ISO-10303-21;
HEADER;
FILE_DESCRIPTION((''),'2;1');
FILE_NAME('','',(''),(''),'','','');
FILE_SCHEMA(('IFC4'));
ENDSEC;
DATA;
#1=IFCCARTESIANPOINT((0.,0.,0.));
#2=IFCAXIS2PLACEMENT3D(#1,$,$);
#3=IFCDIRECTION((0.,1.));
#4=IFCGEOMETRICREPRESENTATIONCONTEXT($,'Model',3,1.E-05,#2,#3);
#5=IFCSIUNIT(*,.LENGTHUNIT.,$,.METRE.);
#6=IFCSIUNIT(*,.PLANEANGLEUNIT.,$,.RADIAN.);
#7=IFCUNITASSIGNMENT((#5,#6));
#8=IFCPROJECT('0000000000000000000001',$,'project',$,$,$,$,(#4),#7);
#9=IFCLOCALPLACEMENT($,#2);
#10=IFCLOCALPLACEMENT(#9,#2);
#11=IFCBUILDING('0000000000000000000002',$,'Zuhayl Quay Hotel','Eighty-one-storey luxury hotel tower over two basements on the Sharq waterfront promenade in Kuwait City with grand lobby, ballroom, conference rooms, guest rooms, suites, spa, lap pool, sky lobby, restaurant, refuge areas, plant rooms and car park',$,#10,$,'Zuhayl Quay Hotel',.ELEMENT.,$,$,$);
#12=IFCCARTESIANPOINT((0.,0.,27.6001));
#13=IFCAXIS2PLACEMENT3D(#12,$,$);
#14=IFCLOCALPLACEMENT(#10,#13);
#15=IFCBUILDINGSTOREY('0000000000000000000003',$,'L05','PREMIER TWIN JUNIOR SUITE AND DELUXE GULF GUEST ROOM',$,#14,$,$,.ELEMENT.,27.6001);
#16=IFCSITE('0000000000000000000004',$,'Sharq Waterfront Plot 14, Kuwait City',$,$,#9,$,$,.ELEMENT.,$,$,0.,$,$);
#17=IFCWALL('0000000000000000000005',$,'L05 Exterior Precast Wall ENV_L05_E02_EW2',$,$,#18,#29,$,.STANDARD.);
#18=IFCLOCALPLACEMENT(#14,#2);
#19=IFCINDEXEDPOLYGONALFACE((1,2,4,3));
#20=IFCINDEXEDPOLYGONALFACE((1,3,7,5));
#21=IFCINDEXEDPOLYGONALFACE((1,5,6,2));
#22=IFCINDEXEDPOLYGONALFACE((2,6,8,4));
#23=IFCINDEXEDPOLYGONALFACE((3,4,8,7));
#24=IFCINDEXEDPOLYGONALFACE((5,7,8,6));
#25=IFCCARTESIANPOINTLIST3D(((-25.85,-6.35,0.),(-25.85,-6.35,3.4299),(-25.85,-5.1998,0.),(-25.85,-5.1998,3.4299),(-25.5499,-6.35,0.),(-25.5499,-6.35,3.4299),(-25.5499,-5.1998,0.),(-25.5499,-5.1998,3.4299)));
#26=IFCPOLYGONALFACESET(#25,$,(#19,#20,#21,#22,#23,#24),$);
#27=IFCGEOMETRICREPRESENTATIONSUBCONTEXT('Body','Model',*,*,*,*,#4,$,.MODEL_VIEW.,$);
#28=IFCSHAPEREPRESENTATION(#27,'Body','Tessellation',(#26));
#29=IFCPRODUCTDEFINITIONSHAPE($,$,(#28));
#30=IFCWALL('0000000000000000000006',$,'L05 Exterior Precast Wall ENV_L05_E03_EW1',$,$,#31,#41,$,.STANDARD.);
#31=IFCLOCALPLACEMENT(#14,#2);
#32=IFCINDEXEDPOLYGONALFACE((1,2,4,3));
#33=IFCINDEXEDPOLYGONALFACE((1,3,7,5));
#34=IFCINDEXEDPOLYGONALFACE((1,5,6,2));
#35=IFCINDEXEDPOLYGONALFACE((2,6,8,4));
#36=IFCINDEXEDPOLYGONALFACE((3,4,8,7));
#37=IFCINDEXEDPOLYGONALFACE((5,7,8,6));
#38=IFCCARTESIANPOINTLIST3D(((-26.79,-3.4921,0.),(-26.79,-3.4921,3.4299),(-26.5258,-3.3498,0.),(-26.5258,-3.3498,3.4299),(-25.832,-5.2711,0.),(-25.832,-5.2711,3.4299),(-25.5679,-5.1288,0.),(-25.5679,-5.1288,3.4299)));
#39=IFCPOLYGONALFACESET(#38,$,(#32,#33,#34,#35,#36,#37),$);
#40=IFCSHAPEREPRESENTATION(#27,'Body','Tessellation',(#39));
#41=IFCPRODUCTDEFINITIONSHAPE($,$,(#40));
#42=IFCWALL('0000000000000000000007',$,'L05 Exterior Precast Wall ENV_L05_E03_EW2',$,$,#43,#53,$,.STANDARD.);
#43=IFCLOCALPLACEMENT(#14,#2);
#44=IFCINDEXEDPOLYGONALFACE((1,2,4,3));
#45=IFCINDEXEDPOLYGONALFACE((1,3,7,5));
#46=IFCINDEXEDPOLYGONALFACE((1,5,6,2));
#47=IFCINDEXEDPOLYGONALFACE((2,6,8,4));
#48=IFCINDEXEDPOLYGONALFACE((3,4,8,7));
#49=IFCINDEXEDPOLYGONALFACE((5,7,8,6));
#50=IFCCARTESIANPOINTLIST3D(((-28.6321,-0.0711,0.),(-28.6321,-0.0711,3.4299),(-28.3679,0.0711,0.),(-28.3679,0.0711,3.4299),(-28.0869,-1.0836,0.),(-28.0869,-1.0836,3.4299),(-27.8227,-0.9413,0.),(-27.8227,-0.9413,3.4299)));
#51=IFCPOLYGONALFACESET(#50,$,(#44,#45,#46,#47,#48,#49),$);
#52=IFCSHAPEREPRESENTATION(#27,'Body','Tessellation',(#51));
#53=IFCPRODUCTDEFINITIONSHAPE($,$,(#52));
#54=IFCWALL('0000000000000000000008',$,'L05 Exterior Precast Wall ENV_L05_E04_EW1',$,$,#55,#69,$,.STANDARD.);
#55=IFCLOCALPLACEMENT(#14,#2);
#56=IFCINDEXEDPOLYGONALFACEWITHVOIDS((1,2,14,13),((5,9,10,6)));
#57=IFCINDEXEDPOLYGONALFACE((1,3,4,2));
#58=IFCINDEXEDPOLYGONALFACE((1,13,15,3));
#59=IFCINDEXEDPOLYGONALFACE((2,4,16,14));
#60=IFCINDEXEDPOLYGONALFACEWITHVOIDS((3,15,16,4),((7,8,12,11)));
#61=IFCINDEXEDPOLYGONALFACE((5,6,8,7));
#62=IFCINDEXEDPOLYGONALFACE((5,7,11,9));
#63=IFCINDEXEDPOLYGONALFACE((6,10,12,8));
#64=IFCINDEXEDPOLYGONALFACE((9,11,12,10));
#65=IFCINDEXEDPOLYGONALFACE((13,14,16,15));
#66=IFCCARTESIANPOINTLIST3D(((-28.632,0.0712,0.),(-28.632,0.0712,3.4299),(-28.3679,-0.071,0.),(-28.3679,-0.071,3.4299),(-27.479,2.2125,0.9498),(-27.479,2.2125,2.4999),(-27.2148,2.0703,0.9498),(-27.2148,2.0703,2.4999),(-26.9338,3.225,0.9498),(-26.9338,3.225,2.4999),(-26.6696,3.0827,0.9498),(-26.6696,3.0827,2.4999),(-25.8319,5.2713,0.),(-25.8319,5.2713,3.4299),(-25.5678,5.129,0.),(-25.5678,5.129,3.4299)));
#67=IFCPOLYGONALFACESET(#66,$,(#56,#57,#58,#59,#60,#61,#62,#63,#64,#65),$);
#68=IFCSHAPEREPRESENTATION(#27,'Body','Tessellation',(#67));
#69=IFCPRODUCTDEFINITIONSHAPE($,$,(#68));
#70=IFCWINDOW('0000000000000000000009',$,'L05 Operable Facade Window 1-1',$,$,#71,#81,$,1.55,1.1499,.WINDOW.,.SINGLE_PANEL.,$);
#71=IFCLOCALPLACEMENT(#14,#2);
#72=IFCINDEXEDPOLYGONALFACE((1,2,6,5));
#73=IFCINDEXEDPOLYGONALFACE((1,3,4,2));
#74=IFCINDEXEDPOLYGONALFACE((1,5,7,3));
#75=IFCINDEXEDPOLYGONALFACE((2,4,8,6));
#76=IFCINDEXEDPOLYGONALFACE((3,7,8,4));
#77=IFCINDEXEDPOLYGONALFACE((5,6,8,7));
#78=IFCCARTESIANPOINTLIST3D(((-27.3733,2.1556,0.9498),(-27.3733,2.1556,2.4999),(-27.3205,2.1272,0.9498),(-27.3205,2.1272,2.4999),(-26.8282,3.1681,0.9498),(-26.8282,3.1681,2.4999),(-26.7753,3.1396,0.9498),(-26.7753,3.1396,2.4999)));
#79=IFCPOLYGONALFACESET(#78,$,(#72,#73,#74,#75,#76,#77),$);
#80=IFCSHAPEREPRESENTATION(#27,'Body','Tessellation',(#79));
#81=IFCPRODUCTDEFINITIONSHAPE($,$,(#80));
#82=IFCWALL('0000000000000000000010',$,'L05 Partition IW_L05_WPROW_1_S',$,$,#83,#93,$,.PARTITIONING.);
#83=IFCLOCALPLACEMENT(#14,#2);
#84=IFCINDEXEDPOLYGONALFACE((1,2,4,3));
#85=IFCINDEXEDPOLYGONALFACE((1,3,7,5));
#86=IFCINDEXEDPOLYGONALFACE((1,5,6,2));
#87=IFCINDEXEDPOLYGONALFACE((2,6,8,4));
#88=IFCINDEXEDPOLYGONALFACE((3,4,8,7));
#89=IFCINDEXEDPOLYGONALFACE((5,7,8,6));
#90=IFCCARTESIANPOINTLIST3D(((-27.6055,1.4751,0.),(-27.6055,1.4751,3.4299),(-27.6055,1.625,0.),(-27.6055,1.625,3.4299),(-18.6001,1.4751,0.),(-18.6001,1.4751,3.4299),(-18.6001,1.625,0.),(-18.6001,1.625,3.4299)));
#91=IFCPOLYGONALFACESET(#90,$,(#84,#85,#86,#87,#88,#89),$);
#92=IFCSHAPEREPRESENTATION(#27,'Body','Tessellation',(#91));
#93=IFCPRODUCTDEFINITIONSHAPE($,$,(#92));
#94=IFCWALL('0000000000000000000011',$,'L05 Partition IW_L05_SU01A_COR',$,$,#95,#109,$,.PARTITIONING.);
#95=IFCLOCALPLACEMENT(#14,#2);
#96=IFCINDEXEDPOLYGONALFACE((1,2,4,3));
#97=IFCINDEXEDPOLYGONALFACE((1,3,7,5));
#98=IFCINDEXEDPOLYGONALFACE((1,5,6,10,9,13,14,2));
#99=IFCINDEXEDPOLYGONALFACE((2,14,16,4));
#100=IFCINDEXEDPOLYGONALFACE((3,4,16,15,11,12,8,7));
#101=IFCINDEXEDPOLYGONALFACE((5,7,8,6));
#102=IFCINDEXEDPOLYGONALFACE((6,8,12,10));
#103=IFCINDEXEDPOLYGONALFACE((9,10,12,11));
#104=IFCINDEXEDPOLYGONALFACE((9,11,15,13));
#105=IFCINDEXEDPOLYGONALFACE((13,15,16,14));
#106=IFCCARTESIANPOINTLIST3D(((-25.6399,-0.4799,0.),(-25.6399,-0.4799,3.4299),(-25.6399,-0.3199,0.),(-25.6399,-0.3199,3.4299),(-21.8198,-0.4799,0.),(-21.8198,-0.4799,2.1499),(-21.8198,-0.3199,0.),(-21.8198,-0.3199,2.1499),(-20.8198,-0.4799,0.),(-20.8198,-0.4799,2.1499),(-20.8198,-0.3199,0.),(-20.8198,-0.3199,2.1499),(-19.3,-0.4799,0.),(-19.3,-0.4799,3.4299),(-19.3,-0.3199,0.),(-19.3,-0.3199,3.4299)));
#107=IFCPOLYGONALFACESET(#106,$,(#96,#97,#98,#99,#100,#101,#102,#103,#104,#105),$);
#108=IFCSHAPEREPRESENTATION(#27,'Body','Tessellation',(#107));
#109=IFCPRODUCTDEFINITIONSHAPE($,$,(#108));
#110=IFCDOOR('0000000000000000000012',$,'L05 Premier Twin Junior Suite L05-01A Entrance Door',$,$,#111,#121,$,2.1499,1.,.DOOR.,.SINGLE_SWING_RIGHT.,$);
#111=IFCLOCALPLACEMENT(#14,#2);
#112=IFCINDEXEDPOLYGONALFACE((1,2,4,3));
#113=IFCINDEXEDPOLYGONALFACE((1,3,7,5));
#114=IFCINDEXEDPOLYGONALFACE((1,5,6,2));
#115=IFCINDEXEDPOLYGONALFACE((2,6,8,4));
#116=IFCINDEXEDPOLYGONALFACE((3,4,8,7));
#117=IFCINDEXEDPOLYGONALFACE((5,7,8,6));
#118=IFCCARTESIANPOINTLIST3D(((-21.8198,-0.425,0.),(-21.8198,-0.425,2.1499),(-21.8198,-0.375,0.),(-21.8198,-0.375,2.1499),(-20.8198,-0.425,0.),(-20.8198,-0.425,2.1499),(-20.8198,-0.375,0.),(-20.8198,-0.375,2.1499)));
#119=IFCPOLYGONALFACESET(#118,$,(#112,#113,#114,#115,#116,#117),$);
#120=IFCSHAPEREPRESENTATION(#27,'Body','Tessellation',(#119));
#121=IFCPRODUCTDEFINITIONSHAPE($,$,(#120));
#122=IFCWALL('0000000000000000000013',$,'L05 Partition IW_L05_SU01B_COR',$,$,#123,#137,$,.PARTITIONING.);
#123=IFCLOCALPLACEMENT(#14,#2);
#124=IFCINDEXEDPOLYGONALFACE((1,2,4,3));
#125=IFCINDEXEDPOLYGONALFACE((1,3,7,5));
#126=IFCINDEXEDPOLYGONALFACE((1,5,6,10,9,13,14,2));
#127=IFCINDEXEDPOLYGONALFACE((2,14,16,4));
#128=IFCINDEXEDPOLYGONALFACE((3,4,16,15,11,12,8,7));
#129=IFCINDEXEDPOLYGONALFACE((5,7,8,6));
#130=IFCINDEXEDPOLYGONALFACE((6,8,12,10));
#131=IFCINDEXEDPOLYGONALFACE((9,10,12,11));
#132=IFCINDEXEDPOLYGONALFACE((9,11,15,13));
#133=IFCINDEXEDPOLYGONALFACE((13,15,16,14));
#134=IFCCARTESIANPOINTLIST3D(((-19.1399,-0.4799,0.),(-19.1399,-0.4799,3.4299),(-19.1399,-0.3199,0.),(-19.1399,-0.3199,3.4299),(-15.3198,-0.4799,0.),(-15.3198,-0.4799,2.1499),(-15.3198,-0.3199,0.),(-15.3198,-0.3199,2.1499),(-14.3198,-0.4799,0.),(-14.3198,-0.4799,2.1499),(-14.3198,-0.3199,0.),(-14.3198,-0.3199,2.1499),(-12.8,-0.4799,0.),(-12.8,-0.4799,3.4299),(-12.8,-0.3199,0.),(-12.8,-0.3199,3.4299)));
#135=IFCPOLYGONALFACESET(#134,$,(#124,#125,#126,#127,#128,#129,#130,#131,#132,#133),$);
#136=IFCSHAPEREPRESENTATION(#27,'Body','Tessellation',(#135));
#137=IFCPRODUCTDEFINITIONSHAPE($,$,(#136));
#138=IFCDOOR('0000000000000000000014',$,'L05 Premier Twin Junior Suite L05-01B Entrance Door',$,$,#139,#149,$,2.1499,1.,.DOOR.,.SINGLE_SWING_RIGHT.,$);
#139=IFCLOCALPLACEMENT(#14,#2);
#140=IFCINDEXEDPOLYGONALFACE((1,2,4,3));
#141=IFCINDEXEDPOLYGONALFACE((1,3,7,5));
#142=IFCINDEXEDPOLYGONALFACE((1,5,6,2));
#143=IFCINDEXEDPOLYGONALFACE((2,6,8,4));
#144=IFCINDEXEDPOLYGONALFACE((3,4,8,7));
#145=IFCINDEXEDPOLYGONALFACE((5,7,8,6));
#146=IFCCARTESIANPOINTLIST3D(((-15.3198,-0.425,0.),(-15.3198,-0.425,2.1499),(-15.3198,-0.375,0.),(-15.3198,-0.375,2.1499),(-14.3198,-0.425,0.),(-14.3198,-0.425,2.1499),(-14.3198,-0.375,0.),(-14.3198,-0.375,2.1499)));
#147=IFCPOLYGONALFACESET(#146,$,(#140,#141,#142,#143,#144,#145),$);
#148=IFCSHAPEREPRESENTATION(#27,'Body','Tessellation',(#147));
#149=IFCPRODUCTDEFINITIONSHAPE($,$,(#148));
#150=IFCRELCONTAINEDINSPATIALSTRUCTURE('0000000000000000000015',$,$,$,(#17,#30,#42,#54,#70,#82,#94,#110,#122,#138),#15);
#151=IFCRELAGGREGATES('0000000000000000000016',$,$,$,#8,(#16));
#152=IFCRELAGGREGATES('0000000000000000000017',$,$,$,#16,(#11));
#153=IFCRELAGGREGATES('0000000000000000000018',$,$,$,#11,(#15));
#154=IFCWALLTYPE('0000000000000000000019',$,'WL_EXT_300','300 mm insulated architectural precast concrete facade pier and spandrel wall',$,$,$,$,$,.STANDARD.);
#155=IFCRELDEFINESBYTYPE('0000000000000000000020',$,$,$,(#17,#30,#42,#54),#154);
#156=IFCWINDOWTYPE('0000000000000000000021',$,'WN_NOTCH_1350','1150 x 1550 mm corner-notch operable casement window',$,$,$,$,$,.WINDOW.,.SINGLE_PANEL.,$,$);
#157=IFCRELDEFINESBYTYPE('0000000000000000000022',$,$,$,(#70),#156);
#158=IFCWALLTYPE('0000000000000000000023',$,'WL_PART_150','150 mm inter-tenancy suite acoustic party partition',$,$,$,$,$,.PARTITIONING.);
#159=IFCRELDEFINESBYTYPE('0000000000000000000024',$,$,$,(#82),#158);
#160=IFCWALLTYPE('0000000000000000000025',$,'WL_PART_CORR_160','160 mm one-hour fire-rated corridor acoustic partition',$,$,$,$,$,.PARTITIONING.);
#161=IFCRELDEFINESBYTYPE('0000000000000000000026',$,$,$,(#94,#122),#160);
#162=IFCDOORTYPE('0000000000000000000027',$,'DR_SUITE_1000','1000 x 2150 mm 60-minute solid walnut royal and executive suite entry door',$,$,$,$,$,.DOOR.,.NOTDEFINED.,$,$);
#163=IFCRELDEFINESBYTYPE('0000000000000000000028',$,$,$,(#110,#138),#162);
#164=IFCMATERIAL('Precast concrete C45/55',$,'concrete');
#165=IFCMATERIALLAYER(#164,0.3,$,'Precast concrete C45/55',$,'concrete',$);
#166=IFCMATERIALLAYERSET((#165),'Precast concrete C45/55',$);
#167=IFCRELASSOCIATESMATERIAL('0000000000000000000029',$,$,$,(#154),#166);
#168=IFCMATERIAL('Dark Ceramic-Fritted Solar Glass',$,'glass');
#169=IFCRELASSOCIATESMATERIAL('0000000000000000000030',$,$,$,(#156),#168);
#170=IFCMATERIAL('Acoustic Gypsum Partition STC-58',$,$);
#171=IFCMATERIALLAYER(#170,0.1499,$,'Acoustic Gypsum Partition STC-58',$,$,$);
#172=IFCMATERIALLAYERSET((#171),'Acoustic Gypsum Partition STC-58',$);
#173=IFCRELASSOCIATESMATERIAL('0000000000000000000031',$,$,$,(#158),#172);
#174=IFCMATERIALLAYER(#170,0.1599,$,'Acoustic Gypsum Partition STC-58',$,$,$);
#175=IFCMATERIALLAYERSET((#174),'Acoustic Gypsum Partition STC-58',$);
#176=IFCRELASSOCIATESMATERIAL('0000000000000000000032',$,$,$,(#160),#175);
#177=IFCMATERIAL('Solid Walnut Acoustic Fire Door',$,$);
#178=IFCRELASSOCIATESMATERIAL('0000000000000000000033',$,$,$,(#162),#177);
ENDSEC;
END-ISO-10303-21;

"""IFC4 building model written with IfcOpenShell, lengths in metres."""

from ifc_helpers import new_model, si_unit, direction, frame, frame_2d, origin, place, context, subcontext, project, spatial, rectangle, extrude, material, layer, layer_set, type_object, element, fill, save


model = new_model("IFC4")

# Units and contexts
model_context = context("Model", 3, precision=1e-05, world=origin(), true_north=direction((0.0, 1.0)))
body_context = subcontext(model_context, "Body", "Model", "MODEL_VIEW")
ifc_project = project(units=[si_unit("LENGTHUNIT", "METRE"), si_unit("PLANEANGLEUNIT", "RADIAN")], contexts=[model_context])

# Site, building, storey
site_placement = place(None, origin())
site = spatial("IfcSite", under=ifc_project, at=site_placement, Name="Sharq Waterfront Plot 14, Kuwait City", CompositionType="ELEMENT", RefElevation=0.0)
building_placement = place(site_placement, origin())
building = spatial("IfcBuilding", under=site, at=building_placement, Name="Zuhayl Quay Hotel", Description="Eighty-one-storey luxury hotel tower over two basements on the Sharq waterfront promenade in Kuwait City with grand lobby, ballroom, conference rooms, guest rooms, suites, spa, lap pool, sky lobby, restaurant, refuge areas, plant rooms and car park", LongName="Zuhayl Quay Hotel", CompositionType="ELEMENT")
storey_placement = place(building_placement, frame((0.0, 0.0, 27.6001)))
storey = spatial("IfcBuildingStorey", under=building, at=storey_placement, Name="L05", Description="PREMIER TWIN JUNIOR SUITE AND DELUXE GULF GUEST ROOM", CompositionType="ELEMENT", Elevation=27.6001)

# Shared definitions
ifc_material_1 = material(Name="Dark Ceramic-Fritted Solar Glass", Category="glass")

# Walls
ifc_material_2 = material(Name="Precast concrete C45/55", Category="concrete")
ifc_layer_1 = layer(ifc_material_2, 0.3, Name="Precast concrete C45/55", Category="concrete")
ifc_layer_set_1 = layer_set([ifc_layer_1], Name="Precast concrete C45/55")
wall_type_1 = type_object("IfcWallType", Name="WL_EXT_300", Description="300 mm insulated architectural precast concrete facade pier and spandrel wall", PredefinedType="STANDARD", material=ifc_layer_set_1)
wall_1_placement = place(storey_placement, frame((-25.7, -6.3501, 0.0), z_axis=(0.0, 0.0, 1.0), x_axis=(0.0, 1.0, 0.0)))
element("IfcWall", 1, at=wall_1_placement, inside=storey, type_object=wall_type_1, Name="L05 Exterior Precast Wall ENV_L05_E02_EW2", PredefinedType="STANDARD", context=body_context, shape_type="SweptSolid", body=[
    extrude(rectangle(XDim=1.1501, YDim=0.3, at=frame_2d((0.5752, 0.0))), origin(), (0.0, 0.0, 1.0), 3.4299),
])
wall_2_placement = place(storey_placement, frame((-25.7, -5.2, 0.0), z_axis=(0.0, 0.0, 1.0), x_axis=(-0.474121, 0.880459, 0.0)))
element("IfcWall", 2, at=wall_2_placement, inside=storey, type_object=wall_type_1, Name="L05 Exterior Precast Wall ENV_L05_E03_EW1", PredefinedType="STANDARD", context=body_context, shape_type="SweptSolid", body=[
    extrude(rectangle(XDim=2.0205, YDim=0.3, at=frame_2d((1.0103, 0.0))), origin(), (0.0, 0.0, 1.0), 3.4299),
])
wall_3_placement = place(storey_placement, frame((-27.9548, -1.0125, 0.0), z_axis=(0.0, 0.0, 1.0), x_axis=(-0.4741, 0.880471, 0.0)))
element("IfcWall", 3, at=wall_3_placement, inside=storey, type_object=wall_type_1, Name="L05 Exterior Precast Wall ENV_L05_E03_EW2", PredefinedType="STANDARD", context=body_context, shape_type="SweptSolid", body=[
    extrude(rectangle(XDim=1.1499, YDim=0.3, at=frame_2d((0.575, 0.0))), origin(), (0.0, 0.0, 1.0), 3.4299),
])

# Wall, opening, window
wall_4_placement = place(storey_placement, frame((-28.5, 0.0, 0.0), z_axis=(0.0, 0.0, 1.0), x_axis=(0.47411, 0.880466, 0.0)))
wall_4 = element("IfcWall", 4, at=wall_4_placement, inside=storey, type_object=wall_type_1, Name="L05 Exterior Precast Wall ENV_L05_E04_EW1", PredefinedType="STANDARD", context=body_context, shape_type="SweptSolid", body=[
    extrude(rectangle(XDim=5.906, YDim=0.3, at=frame_2d((2.9531, 0.0))), origin(), (0.0, 0.0, 1.0), 3.4299),
])
opening_1_placement = place(wall_4_placement, frame((2.4321, 0.0, 0.95)))
opening_1 = element("IfcOpeningElement", 5, at=opening_1_placement, cuts=wall_4, PredefinedType="OPENING", context=body_context, shape_type="SweptSolid", body=[
    extrude(rectangle(XDim=1.1499, YDim=1.55, at=frame_2d((0.575, 0.7749))), frame((0.0, 0.1599, 0.0), z_axis=(0.0, -1.0, 0.0), x_axis=(1.0, 0.0, 0.0)), (0.0, 0.0, 1.0), 0.3201),
])
window_type = type_object("IfcWindowType", Name="WN_NOTCH_1350", Description="1150 x 1550 mm corner-notch operable casement window", PartitioningType="SINGLE_PANEL", PredefinedType="WINDOW", material=ifc_material_1)
window_placement = place(opening_1_placement, origin())
window = element("IfcWindow", 6, at=window_placement, inside=storey, type_object=window_type, Name="L05 Operable Facade Window 1-1", OverallHeight=1.55, OverallWidth=1.1499, PartitioningType="SINGLE_PANEL", PredefinedType="WINDOW", context=body_context, shape_type="SweptSolid", body=[
    extrude(rectangle(XDim=1.1499, YDim=1.55, at=frame_2d((0.575, 0.7749))), frame((0.0, 0.03, 0.0), z_axis=(0.0, -1.0, 0.0), x_axis=(1.0, 0.0, 0.0)), (0.0, 0.0, 1.0), 0.0601),
])
fill(opening_1, window)

# Wall
ifc_material_3 = material(Name="Acoustic Gypsum Partition STC-58")
ifc_layer_2 = layer(ifc_material_3, 0.1499, Name="Acoustic Gypsum Partition STC-58")
ifc_layer_set_2 = layer_set([ifc_layer_2], Name="Acoustic Gypsum Partition STC-58")
wall_type_2 = type_object("IfcWallType", Name="WL_PART_150", Description="150 mm inter-tenancy suite acoustic party partition", PredefinedType="PARTITIONING", material=ifc_layer_set_2)
wall_5_placement = place(storey_placement, frame((-27.6055, 1.55, 0.0), z_axis=(0.0, 0.0, 1.0), x_axis=(1.0, 0.0, 0.0)))
element("IfcWall", 7, at=wall_5_placement, inside=storey, type_object=wall_type_2, Name="L05 Partition IW_L05_WPROW_1_S", PredefinedType="PARTITIONING", context=body_context, shape_type="SweptSolid", body=[
    extrude(rectangle(XDim=9.0054, YDim=0.1499, at=frame_2d((4.5027, 0.0))), origin(), (0.0, 0.0, 1.0), 3.4299),
])

# Walls, openings, doors
ifc_layer_3 = layer(ifc_material_3, 0.1599, Name="Acoustic Gypsum Partition STC-58")
ifc_layer_set_3 = layer_set([ifc_layer_3], Name="Acoustic Gypsum Partition STC-58")
wall_type_3 = type_object("IfcWallType", Name="WL_PART_CORR_160", Description="160 mm one-hour fire-rated corridor acoustic partition", PredefinedType="PARTITIONING", material=ifc_layer_set_3)
wall_6_placement = place(storey_placement, frame((-25.6399, -0.3999, 0.0), z_axis=(0.0, 0.0, 1.0), x_axis=(1.0, 0.0, 0.0)))
wall_6 = element("IfcWall", 8, at=wall_6_placement, inside=storey, type_object=wall_type_3, Name="L05 Partition IW_L05_SU01A_COR", PredefinedType="PARTITIONING", context=body_context, shape_type="SweptSolid", body=[
    extrude(rectangle(XDim=6.3398, YDim=0.1599, at=frame_2d((3.1699, 0.0))), origin(), (0.0, 0.0, 1.0), 3.4299),
])
opening_2_placement = place(wall_6_placement, frame((3.8201, 0.0, 0.0)))
opening_2 = element("IfcOpeningElement", 9, at=opening_2_placement, cuts=wall_6, PredefinedType="OPENING", context=body_context, shape_type="SweptSolid", body=[
    extrude(rectangle(XDim=1.0, YDim=2.1499, at=frame_2d((0.5, 1.075))), frame((0.0, 0.0898, 0.0), z_axis=(0.0, -1.0, 0.0), x_axis=(1.0, 0.0, 0.0)), (0.0, 0.0, 1.0), 0.1799),
])
ifc_material_4 = material(Name="Solid Walnut Acoustic Fire Door")
door_type_1 = type_object("IfcDoorType", Name="DR_SUITE_1000", Description="1000 x 2150 mm 60-minute solid walnut royal and executive suite entry door", OperationType="NOTDEFINED", PredefinedType="DOOR", material=ifc_material_4)
door_1_placement = place(opening_2_placement, origin())
door_1 = element("IfcDoor", 10, at=door_1_placement, inside=storey, type_object=door_type_1, Name="L05 Premier Twin Junior Suite L05-01A Entrance Door", OperationType="SINGLE_SWING_RIGHT", OverallHeight=2.1499, OverallWidth=1.0, PredefinedType="DOOR", context=body_context, shape_type="SweptSolid", body=[
    extrude(rectangle(XDim=1.0, YDim=2.1499, at=frame_2d((0.5, 1.075))), frame((0.0, 0.0249, 0.0), z_axis=(0.0, -1.0, 0.0), x_axis=(1.0, 0.0, 0.0)), (0.0, 0.0, 1.0), 0.05),
])
fill(opening_2, door_1)
wall_7_placement = place(storey_placement, frame((-19.1399, -0.3999, 0.0), z_axis=(0.0, 0.0, 1.0), x_axis=(1.0, 0.0, 0.0)))
wall_7 = element("IfcWall", 11, at=wall_7_placement, inside=storey, type_object=wall_type_3, Name="L05 Partition IW_L05_SU01B_COR", PredefinedType="PARTITIONING", context=body_context, shape_type="SweptSolid", body=[
    extrude(rectangle(XDim=6.3398, YDim=0.1599, at=frame_2d((3.1699, 0.0))), origin(), (0.0, 0.0, 1.0), 3.4299),
])
opening_3_placement = place(wall_7_placement, frame((3.8201, 0.0, 0.0)))
opening_3 = element("IfcOpeningElement", 12, at=opening_3_placement, cuts=wall_7, PredefinedType="OPENING", context=body_context, shape_type="SweptSolid", body=[
    extrude(rectangle(XDim=1.0, YDim=2.1499, at=frame_2d((0.5, 1.075))), frame((0.0, 0.0898, 0.0), z_axis=(0.0, -1.0, 0.0), x_axis=(1.0, 0.0, 0.0)), (0.0, 0.0, 1.0), 0.1799),
])
door_2_placement = place(opening_3_placement, origin())
door_2 = element("IfcDoor", 13, at=door_2_placement, inside=storey, type_object=door_type_1, Name="L05 Premier Twin Junior Suite L05-01B Entrance Door", OperationType="SINGLE_SWING_RIGHT", OverallHeight=2.1499, OverallWidth=1.0, PredefinedType="DOOR", context=body_context, shape_type="SweptSolid", body=[
    extrude(rectangle(XDim=1.0, YDim=2.1499, at=frame_2d((0.5, 1.075))), frame((0.0, 0.0249, 0.0), z_axis=(0.0, -1.0, 0.0), x_axis=(1.0, 0.0, 0.0)), (0.0, 0.0, 1.0), 0.05),
])
fill(opening_3, door_2)

save(model, "model.ifc")
